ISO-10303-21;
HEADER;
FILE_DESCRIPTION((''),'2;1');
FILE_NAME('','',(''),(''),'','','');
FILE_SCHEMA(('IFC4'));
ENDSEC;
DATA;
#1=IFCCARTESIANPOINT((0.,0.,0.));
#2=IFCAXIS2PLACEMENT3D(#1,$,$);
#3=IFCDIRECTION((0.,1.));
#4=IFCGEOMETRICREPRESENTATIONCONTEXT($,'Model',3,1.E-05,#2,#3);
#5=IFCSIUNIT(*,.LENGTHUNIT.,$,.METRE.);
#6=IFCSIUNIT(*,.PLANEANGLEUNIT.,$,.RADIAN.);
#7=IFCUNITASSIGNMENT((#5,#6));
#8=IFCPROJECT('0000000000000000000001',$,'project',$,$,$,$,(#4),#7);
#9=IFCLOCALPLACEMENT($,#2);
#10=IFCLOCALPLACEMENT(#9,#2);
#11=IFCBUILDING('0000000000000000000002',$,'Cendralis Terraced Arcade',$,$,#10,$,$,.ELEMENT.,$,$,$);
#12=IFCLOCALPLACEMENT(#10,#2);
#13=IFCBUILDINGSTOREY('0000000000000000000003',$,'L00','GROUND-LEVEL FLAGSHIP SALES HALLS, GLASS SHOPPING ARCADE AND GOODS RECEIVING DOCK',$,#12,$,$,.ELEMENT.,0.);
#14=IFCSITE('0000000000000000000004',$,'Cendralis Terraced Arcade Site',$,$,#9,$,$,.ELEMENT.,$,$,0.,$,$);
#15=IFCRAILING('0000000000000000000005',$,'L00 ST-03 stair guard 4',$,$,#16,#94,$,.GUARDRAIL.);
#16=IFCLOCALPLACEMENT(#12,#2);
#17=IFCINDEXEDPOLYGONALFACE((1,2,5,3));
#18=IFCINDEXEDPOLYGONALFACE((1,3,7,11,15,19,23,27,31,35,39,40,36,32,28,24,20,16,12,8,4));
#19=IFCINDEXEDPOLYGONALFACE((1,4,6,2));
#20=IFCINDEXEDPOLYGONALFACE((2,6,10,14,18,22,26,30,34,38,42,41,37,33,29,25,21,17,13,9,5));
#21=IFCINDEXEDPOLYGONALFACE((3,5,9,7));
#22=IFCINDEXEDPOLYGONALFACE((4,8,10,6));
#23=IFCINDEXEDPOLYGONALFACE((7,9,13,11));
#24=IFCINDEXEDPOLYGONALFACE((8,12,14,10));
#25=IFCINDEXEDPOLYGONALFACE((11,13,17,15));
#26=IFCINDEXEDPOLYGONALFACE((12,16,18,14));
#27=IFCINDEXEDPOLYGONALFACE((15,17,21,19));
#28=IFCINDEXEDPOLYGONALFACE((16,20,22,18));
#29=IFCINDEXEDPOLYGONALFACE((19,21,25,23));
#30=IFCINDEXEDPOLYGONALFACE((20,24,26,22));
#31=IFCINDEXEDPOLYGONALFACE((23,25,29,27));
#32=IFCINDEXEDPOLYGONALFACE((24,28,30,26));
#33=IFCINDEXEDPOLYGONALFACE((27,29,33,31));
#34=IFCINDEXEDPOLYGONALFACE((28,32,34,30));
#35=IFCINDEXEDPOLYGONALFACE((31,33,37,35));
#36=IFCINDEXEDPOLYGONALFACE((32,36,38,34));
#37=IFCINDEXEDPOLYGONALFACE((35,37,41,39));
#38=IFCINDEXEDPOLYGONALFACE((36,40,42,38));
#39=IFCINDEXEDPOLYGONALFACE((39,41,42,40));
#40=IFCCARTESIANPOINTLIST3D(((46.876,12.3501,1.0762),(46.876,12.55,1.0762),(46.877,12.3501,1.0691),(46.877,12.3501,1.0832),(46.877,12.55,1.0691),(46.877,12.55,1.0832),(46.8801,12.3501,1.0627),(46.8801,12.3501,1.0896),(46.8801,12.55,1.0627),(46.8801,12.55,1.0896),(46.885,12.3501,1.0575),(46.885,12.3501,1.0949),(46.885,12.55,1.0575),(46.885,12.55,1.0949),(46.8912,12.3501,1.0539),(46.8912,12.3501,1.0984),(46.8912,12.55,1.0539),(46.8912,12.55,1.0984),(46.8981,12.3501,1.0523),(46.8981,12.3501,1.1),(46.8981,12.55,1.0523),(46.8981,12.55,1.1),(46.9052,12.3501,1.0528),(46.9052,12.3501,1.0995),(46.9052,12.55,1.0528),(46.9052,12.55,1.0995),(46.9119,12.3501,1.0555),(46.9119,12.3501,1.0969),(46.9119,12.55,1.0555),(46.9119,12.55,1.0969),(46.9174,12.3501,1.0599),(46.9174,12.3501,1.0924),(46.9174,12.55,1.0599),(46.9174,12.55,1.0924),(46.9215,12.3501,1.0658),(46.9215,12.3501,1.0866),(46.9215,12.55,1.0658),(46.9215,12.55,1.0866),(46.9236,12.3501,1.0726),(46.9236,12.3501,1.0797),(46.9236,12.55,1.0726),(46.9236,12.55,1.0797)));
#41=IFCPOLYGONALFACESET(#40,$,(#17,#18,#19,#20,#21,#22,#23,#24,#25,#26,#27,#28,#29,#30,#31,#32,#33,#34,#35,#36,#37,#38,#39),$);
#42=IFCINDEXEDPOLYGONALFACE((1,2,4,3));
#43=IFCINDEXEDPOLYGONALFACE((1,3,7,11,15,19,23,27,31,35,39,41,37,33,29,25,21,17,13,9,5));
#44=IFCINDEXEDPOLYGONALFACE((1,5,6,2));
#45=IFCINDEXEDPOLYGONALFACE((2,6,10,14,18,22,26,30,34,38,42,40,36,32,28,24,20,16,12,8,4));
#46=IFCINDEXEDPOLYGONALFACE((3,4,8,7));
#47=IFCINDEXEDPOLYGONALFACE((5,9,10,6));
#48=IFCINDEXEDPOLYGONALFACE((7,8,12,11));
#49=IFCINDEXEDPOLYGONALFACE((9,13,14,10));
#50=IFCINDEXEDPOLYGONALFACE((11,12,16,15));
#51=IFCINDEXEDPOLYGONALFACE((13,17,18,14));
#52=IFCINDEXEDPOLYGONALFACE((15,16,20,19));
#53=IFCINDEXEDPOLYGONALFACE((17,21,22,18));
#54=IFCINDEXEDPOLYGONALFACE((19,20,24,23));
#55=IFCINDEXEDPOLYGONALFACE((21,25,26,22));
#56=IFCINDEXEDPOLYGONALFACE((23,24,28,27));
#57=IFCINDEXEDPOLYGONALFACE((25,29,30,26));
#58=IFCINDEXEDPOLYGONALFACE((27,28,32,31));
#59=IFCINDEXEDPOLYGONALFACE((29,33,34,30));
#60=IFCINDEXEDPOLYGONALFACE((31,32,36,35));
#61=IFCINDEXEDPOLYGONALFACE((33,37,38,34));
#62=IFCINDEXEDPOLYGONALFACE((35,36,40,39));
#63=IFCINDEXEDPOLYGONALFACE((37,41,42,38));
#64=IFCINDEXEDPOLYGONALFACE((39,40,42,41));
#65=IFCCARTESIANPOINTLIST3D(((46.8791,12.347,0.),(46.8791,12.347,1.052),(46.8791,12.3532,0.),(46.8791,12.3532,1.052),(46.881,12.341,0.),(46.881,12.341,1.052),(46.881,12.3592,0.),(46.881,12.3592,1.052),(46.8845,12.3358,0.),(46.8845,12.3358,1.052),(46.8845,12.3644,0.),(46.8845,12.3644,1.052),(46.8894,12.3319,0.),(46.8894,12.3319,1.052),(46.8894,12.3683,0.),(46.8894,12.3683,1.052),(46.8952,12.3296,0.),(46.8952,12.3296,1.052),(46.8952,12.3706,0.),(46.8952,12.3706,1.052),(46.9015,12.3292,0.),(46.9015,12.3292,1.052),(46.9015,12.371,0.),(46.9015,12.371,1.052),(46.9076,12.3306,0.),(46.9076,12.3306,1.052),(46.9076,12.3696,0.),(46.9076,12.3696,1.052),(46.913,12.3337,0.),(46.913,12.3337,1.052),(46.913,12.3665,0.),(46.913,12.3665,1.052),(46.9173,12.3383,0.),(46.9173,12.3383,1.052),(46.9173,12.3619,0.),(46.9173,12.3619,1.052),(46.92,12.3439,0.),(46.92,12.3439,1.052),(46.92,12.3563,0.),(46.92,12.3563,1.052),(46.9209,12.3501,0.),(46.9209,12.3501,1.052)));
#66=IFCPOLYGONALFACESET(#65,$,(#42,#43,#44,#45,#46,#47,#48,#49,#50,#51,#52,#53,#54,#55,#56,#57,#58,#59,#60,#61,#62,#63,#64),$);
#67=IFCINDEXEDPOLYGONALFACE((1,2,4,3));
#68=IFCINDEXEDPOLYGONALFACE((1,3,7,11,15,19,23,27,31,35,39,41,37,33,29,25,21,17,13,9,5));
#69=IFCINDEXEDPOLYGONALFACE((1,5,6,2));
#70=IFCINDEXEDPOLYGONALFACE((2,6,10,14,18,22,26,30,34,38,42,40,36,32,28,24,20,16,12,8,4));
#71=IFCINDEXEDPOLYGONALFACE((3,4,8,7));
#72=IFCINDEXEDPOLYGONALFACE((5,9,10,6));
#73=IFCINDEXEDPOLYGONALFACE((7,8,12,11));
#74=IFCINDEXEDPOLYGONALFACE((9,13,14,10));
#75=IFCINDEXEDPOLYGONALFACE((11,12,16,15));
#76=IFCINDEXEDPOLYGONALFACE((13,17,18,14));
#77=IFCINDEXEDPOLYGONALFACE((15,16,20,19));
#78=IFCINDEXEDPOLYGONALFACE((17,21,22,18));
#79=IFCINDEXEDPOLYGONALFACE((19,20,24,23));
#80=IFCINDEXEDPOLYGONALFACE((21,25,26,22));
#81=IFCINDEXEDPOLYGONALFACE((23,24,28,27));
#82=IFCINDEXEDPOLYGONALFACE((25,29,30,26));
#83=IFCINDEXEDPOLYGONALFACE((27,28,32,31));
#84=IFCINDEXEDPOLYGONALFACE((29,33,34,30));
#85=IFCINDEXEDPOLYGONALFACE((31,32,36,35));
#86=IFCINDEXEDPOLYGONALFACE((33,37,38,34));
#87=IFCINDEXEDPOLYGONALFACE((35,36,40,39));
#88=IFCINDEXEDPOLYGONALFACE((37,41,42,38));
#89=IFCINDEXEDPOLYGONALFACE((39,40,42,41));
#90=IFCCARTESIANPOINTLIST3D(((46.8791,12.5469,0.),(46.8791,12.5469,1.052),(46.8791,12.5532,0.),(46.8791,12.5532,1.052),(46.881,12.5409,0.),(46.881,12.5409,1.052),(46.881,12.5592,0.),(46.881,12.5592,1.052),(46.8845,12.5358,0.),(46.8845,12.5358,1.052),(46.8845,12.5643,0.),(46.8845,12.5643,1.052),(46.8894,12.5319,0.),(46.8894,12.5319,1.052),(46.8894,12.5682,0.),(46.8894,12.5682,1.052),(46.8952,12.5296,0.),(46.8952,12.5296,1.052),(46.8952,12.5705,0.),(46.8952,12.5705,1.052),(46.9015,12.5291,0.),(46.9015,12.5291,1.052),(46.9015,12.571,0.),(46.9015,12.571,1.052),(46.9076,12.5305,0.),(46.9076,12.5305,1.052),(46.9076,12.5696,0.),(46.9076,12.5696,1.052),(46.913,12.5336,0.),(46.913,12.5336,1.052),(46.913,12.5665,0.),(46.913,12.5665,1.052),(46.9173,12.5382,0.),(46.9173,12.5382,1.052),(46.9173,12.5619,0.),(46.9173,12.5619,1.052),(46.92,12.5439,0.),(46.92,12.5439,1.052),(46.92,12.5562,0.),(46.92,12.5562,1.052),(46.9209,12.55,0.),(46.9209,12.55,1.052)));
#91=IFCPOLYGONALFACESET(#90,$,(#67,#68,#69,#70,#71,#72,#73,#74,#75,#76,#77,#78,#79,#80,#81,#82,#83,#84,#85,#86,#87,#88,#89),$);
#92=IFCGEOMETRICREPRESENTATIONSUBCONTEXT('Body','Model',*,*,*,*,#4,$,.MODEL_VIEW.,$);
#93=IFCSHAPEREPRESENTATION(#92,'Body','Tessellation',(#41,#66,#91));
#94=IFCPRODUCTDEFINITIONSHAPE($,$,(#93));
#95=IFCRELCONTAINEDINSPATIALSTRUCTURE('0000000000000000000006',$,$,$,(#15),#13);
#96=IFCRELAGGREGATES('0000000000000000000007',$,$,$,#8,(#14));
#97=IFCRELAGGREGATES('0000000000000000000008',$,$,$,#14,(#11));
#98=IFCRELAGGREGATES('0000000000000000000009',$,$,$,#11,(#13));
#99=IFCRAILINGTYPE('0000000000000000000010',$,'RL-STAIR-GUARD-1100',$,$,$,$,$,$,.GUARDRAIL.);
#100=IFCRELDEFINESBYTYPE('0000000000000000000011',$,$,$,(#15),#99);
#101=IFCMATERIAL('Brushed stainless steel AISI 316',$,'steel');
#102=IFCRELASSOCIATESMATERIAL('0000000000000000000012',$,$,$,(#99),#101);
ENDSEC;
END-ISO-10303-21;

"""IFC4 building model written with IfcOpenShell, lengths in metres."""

from ifc_helpers import new_model, si_unit, direction, frame, origin, origin_2d, place, context, subcontext, project, spatial, circle, extrude, material, type_object, element, save


model = new_model("IFC4")

# Units and contexts
model_context = context("Model", 3, precision=1e-05, world=origin(), true_north=direction((0.0, 1.0)))
body_context = subcontext(model_context, "Body", "Model", "MODEL_VIEW")
ifc_project = project(units=[si_unit("LENGTHUNIT", "METRE"), si_unit("PLANEANGLEUNIT", "RADIAN")], contexts=[model_context])

# Site, building, storey
site_placement = place(None, origin())
site = spatial("IfcSite", under=ifc_project, at=site_placement, Name="Cendralis Terraced Arcade Site", CompositionType="ELEMENT", RefElevation=0.0)
building_placement = place(site_placement, origin())
building = spatial("IfcBuilding", under=site, at=building_placement, Name="Cendralis Terraced Arcade", CompositionType="ELEMENT")
storey_placement = place(building_placement, origin())
storey = spatial("IfcBuildingStorey", under=building, at=storey_placement, Name="L00", Description="GROUND-LEVEL FLAGSHIP SALES HALLS, GLASS SHOPPING ARCADE AND GOODS RECEIVING DOCK", CompositionType="ELEMENT", Elevation=0.0)

# Railing
ifc_material_1 = material(Name="Brushed stainless steel AISI 316", Category="steel")
railing_type_1 = type_object("IfcRailingType", Name="RL-STAIR-GUARD-1100", PredefinedType="GUARDRAIL", material=ifc_material_1)
railing_1_placement = place(storey_placement, frame((46.8999, 12.3501, 0.0)))
element("IfcRailing", 1, at=railing_1_placement, inside=storey, type_object=railing_type_1, Name="L00 ST-03 stair guard 4", PredefinedType="GUARDRAIL", context=body_context, shape_type="SweptSolid", body=[
    extrude(circle(Radius=0.0239, at=origin_2d()), frame((0.0, 0.0, 1.0762), z_axis=(0.0, 1.0, 0.0), x_axis=(-1.0, 0.0, 0.0)), (0.0, 0.0, 1.0), 0.2),
    extrude(circle(Radius=0.021, at=origin_2d()), origin(), (0.0, 0.0, 1.0), 1.052),
    extrude(circle(Radius=0.021, at=origin_2d()), frame((0.0, 0.2, 0.0)), (0.0, 0.0, 1.0), 1.052),
])

save(model, "model.ifc")
